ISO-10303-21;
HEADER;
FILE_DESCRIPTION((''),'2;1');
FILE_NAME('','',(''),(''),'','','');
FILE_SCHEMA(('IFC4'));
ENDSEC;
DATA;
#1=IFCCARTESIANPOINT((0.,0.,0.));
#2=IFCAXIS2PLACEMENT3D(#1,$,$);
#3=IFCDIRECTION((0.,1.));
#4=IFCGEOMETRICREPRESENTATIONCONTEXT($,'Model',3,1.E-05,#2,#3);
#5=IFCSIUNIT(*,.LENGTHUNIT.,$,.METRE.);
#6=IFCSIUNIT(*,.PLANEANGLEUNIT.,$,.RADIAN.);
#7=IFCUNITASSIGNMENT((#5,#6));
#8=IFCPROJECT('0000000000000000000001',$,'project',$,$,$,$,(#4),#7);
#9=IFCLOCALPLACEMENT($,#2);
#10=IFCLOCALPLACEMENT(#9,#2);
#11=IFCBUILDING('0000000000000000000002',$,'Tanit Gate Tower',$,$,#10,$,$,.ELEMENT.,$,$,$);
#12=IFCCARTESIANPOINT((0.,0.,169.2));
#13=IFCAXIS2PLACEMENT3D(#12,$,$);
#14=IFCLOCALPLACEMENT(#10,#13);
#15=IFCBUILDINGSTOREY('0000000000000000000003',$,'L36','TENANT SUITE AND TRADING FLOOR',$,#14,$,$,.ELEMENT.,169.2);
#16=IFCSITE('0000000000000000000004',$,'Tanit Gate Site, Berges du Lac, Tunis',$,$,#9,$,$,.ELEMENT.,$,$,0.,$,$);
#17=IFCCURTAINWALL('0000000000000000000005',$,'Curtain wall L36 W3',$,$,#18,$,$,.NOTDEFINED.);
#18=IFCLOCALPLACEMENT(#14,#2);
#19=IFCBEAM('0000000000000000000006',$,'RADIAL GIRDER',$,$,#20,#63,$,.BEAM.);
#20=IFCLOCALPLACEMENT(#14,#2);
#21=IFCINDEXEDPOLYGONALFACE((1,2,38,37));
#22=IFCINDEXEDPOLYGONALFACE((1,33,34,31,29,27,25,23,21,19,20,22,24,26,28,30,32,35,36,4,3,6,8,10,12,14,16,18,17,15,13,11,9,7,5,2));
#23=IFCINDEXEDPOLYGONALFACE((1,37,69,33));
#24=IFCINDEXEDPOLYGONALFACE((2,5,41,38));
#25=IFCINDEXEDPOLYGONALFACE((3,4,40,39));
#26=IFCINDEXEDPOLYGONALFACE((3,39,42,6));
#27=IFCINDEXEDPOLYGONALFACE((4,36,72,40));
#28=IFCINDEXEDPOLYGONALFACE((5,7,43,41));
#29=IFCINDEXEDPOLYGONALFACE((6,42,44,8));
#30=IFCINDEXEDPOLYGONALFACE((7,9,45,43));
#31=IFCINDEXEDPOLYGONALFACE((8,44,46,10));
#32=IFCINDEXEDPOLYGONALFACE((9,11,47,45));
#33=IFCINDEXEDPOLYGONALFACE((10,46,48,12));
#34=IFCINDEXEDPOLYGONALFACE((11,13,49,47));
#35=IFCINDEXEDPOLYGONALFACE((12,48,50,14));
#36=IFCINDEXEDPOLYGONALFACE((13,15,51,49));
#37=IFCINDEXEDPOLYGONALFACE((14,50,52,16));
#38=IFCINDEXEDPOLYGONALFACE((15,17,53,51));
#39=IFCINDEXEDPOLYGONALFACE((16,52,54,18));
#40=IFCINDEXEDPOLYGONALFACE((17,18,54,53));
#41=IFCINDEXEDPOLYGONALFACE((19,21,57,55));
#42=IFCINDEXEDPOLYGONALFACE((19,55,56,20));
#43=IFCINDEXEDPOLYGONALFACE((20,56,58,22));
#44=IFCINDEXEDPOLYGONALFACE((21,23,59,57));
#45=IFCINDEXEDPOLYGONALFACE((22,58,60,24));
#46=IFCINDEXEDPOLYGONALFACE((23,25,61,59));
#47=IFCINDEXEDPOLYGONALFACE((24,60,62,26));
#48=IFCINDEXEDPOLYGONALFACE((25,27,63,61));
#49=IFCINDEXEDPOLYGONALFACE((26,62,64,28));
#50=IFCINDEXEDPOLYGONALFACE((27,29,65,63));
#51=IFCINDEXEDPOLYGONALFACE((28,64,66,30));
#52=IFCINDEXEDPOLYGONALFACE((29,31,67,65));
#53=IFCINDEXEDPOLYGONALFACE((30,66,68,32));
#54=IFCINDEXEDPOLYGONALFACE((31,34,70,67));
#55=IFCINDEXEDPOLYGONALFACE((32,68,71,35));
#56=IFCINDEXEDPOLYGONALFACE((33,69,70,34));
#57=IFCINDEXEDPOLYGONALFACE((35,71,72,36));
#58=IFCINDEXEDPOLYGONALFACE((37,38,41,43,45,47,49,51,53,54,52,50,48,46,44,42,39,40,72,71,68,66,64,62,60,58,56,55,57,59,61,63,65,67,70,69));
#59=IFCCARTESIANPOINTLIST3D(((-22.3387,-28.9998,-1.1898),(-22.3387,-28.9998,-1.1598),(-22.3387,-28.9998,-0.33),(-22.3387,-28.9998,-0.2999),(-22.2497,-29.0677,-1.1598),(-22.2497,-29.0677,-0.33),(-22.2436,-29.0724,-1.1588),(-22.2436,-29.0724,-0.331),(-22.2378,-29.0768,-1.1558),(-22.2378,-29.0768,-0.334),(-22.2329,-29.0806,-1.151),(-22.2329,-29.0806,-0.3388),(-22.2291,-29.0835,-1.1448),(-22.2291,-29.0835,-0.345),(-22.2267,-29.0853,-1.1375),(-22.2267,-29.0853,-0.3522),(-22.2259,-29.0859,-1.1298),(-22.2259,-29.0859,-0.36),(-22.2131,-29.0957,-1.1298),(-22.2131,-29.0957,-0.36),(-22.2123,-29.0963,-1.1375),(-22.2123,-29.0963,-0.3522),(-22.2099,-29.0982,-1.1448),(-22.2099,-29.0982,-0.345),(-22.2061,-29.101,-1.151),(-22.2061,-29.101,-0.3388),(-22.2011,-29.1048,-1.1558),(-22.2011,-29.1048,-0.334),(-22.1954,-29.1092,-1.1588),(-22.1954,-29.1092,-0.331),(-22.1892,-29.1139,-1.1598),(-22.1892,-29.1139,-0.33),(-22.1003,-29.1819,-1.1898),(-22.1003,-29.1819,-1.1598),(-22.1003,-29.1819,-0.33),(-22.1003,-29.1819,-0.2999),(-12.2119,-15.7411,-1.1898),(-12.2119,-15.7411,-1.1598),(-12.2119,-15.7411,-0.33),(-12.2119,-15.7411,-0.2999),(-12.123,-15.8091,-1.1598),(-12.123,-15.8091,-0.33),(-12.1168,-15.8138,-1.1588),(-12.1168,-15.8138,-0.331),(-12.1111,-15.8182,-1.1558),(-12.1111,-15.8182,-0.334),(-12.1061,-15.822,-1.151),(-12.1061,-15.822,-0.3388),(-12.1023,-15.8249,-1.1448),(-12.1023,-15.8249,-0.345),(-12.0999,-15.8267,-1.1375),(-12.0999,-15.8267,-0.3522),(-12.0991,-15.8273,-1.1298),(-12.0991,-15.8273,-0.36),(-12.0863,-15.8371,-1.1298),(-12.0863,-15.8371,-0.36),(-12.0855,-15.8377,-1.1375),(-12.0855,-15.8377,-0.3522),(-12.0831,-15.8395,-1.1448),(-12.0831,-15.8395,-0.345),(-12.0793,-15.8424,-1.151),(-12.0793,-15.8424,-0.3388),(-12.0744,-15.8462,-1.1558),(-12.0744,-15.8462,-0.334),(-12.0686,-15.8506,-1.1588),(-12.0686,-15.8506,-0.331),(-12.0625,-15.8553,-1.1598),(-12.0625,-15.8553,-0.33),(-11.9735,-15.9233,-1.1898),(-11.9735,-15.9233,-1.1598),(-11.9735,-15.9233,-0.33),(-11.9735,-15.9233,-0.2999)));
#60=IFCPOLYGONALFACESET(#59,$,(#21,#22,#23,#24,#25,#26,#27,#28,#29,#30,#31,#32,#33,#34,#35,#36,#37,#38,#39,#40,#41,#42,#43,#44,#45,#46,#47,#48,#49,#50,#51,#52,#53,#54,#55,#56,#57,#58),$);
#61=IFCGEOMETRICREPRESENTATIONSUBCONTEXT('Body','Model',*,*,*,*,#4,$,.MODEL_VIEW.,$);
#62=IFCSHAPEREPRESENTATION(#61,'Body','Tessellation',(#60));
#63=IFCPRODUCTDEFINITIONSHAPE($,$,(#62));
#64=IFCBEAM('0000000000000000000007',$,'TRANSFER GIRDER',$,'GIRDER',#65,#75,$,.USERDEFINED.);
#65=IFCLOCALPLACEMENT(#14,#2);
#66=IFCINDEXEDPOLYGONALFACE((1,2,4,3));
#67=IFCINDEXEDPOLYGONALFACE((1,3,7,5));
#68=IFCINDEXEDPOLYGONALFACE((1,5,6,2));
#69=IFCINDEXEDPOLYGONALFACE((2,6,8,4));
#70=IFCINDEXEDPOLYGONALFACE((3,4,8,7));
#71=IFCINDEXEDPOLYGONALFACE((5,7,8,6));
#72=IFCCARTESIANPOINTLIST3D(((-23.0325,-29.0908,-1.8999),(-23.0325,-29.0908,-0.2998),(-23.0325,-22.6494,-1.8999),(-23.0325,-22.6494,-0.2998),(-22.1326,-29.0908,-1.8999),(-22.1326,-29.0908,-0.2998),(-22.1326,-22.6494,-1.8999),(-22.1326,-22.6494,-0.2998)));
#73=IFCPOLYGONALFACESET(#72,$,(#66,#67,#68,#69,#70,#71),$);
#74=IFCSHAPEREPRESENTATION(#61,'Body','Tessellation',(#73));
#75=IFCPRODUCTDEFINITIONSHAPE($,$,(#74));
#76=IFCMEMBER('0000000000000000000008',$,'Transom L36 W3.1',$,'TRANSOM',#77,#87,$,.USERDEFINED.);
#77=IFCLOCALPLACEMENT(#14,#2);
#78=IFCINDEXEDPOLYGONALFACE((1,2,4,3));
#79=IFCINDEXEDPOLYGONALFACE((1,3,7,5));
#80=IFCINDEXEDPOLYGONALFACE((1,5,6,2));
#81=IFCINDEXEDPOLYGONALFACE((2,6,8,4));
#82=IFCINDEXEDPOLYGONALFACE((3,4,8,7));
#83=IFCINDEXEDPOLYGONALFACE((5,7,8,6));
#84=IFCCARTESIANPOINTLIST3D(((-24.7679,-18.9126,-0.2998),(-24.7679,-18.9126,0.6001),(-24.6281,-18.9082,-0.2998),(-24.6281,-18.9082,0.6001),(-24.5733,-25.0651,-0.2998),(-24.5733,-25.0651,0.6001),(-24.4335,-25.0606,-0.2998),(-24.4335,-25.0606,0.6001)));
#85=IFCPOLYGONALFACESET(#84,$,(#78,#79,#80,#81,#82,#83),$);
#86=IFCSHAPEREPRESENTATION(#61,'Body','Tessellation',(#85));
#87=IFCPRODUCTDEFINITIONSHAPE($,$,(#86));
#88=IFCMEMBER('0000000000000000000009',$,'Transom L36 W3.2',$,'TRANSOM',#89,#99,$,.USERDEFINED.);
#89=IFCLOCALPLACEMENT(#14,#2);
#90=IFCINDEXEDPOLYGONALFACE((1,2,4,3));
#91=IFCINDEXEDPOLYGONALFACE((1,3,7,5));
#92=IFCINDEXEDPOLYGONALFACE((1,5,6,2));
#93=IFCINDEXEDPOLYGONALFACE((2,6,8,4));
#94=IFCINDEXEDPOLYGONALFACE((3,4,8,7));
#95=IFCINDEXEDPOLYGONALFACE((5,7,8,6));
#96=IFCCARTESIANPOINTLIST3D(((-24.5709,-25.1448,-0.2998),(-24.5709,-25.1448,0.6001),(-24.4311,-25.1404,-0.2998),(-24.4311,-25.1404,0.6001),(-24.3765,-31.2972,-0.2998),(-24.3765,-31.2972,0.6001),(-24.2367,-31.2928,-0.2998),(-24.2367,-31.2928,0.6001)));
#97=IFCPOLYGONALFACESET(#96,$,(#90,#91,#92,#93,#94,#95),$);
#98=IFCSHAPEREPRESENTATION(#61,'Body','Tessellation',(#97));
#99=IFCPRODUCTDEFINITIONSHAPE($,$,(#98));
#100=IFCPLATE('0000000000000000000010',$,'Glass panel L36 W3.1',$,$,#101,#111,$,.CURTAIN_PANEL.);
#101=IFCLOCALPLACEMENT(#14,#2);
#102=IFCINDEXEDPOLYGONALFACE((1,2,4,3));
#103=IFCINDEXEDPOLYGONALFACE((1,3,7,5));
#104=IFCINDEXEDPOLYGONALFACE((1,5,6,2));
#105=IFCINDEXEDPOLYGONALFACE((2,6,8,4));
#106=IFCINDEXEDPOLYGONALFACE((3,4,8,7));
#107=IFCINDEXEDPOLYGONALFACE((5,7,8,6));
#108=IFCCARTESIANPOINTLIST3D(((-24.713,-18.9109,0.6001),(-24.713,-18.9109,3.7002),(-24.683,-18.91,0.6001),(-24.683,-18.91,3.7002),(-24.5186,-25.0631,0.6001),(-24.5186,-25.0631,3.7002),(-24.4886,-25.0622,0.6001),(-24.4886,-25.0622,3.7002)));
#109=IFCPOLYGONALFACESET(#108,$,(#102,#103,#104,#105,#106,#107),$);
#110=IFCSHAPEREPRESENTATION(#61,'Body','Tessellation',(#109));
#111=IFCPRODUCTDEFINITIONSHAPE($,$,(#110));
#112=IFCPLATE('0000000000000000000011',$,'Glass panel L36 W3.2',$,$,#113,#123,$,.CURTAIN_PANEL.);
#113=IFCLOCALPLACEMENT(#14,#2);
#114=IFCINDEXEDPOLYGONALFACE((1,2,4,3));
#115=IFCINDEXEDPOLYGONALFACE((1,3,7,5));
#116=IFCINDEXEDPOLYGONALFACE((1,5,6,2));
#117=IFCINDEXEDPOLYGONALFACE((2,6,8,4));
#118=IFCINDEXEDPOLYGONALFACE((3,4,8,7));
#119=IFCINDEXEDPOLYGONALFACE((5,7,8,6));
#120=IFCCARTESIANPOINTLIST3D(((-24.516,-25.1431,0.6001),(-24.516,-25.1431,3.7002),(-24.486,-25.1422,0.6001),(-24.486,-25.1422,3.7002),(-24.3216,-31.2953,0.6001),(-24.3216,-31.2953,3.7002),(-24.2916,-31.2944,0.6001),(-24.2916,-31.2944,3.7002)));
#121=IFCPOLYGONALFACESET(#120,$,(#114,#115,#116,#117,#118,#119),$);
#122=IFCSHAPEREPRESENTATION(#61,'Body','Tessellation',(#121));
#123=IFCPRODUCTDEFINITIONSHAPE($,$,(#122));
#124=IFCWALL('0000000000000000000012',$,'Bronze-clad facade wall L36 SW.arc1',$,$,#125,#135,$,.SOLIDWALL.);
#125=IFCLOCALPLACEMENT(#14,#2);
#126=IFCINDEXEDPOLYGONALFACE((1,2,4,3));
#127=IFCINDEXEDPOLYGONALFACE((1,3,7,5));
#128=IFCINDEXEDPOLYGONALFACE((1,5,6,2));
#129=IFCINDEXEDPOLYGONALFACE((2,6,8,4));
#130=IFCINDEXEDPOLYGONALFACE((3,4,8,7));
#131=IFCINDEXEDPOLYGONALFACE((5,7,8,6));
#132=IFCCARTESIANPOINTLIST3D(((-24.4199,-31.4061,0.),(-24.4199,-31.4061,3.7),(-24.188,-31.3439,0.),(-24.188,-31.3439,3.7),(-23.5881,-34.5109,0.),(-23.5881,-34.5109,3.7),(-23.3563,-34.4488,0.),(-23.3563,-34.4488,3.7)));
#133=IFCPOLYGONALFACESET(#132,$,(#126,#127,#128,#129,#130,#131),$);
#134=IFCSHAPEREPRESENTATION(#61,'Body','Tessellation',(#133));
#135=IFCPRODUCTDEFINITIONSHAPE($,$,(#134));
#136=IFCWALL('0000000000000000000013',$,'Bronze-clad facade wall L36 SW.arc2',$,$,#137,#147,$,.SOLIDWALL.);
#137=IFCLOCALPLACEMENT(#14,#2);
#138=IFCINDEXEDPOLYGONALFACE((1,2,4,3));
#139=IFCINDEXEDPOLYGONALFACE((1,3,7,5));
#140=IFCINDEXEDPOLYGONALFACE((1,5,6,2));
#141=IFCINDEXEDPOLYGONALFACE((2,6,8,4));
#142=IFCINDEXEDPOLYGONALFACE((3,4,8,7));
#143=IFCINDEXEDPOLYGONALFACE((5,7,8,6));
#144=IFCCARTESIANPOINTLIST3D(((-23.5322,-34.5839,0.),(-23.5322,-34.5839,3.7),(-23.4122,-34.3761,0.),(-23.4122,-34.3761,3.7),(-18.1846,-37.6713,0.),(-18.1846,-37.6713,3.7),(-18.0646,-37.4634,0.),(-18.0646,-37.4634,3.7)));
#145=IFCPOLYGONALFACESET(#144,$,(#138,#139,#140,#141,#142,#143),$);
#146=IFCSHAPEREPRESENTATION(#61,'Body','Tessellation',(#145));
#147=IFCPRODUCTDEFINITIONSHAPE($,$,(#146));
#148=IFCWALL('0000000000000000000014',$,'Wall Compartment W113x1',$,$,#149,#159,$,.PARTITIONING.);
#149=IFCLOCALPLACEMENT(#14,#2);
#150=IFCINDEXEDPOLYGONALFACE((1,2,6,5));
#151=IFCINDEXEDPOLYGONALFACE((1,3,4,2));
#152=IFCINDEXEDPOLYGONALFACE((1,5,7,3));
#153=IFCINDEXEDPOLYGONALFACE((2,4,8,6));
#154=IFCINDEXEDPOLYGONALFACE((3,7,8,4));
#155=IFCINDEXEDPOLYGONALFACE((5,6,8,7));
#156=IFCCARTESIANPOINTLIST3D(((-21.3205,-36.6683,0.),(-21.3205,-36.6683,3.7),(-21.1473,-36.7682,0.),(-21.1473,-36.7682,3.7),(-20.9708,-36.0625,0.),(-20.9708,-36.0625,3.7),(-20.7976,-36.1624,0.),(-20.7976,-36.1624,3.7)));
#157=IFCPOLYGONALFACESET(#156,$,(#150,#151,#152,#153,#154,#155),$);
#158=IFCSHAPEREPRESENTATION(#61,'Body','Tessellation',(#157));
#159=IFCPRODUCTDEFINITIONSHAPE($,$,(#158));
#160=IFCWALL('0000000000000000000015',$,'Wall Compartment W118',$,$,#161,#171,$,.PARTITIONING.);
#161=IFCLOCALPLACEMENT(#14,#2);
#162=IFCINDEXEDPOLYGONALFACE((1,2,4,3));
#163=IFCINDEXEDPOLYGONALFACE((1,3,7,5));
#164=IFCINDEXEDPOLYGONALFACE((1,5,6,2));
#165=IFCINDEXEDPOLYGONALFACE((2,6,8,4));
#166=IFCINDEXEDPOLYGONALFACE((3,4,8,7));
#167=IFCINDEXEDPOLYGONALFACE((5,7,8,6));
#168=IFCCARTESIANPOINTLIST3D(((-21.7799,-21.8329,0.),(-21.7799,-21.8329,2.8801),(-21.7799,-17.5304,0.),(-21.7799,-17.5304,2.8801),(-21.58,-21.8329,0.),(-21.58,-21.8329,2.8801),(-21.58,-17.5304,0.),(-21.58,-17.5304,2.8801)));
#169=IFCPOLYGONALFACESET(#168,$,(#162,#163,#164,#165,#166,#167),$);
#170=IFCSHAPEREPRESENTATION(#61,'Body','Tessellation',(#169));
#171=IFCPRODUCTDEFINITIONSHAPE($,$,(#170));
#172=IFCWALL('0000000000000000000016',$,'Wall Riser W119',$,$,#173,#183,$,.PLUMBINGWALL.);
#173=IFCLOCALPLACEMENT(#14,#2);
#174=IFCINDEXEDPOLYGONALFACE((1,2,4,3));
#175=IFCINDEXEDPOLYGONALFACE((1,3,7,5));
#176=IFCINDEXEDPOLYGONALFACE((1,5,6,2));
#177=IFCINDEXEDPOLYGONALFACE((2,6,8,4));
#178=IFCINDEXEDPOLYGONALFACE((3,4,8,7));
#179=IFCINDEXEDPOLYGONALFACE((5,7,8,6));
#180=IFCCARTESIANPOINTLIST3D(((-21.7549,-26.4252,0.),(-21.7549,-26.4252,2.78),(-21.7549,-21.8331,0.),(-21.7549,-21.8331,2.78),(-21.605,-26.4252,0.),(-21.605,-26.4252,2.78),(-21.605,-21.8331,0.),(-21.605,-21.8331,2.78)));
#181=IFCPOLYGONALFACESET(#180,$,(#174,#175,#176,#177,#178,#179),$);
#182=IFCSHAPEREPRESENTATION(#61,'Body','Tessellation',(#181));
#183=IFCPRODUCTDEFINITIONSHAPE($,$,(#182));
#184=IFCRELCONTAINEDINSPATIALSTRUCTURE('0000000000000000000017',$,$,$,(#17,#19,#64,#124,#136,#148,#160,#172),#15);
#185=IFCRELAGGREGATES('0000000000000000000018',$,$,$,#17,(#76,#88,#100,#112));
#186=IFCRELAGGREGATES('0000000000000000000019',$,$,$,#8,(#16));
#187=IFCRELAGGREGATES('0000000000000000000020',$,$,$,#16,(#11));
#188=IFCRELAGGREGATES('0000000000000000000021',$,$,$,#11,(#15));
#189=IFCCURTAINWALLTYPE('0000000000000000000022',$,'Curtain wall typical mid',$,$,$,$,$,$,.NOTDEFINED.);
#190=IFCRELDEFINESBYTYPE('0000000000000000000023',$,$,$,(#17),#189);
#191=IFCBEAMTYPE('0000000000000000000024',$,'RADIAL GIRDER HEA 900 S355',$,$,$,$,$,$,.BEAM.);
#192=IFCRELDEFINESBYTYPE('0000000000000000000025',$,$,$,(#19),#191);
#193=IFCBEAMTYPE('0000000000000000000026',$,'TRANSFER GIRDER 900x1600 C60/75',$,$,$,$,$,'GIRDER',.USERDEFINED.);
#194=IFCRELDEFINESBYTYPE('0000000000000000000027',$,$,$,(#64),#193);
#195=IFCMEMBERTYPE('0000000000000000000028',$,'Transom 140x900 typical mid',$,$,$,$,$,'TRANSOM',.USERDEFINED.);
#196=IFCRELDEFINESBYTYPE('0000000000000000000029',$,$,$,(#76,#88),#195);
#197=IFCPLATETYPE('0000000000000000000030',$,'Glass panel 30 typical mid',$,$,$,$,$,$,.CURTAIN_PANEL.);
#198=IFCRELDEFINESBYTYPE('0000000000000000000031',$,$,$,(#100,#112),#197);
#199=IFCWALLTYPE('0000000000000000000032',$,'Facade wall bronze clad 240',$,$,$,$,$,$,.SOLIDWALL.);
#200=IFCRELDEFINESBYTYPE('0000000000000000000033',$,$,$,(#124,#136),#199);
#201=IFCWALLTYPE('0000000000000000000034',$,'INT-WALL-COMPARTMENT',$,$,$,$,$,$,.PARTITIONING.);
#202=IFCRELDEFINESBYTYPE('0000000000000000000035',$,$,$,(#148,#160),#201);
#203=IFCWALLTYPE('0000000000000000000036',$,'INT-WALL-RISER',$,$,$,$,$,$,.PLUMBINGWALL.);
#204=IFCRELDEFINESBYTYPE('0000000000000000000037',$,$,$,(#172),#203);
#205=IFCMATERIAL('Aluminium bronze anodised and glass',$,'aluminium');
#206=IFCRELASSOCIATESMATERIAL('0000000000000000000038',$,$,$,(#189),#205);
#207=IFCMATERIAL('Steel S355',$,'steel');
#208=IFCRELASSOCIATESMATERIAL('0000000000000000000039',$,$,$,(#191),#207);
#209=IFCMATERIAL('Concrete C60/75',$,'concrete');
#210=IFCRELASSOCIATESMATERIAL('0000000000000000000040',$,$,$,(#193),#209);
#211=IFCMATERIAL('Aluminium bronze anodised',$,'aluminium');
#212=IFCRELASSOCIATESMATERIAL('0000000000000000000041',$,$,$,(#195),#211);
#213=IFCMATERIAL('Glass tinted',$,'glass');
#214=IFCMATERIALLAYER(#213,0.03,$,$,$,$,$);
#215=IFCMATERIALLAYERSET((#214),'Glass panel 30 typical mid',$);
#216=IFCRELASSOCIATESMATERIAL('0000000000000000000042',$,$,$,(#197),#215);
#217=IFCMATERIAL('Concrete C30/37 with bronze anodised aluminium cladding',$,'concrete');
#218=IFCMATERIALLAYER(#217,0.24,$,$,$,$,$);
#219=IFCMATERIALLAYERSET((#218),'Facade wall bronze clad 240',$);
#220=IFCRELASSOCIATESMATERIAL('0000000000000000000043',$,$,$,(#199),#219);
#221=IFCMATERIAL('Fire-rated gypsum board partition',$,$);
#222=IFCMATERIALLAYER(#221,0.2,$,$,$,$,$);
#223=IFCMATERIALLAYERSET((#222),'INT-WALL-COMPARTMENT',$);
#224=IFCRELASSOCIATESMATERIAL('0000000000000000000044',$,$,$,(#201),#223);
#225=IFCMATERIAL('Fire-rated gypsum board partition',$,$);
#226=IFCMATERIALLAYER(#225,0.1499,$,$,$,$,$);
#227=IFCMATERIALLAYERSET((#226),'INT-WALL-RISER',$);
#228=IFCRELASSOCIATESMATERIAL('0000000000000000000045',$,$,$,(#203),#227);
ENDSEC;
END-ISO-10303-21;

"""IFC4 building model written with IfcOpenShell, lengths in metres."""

from ifc_helpers import new_model, si_unit, direction, frame, frame_2d, origin, origin_2d, place, context, subcontext, project, spatial, rectangle, i_section, extrude, material, layer, layer_set, material_profile, profile_set, type_object, element, aggregate, save


model = new_model("IFC4")

# Units and contexts
model_context = context("Model", 3, precision=1e-05, world=origin(), true_north=direction((0.0, 1.0)))
body_context = subcontext(model_context, "Body", "Model", "MODEL_VIEW")
ifc_project = project(units=[si_unit("LENGTHUNIT", "METRE"), si_unit("PLANEANGLEUNIT", "RADIAN")], contexts=[model_context])

# Site, building, storey
site_placement = place(None, origin())
site = spatial("IfcSite", under=ifc_project, at=site_placement, Name="Tanit Gate Site, Berges du Lac, Tunis", CompositionType="ELEMENT", RefElevation=0.0)
building_placement = place(site_placement, origin())
building = spatial("IfcBuilding", under=site, at=building_placement, Name="Tanit Gate Tower", CompositionType="ELEMENT")
storey_placement = place(building_placement, frame((0.0, 0.0, 169.2)))
storey = spatial("IfcBuildingStorey", under=building, at=storey_placement, Name="L36", Description="TENANT SUITE AND TRADING FLOOR", CompositionType="ELEMENT", Elevation=169.2)

# Curtain wall
ifc_material_1 = material(Name="Aluminium bronze anodised and glass", Category="aluminium")
curtain_wall_type = type_object("IfcCurtainWallType", Name="Curtain wall typical mid", PredefinedType="NOTDEFINED", material=ifc_material_1)
curtain_wall_1_placement = place(storey_placement, origin())
curtain_wall_1 = element("IfcCurtainWall", 1, at=curtain_wall_1_placement, inside=storey, type_object=curtain_wall_type, Name="Curtain wall L36 W3", PredefinedType="NOTDEFINED")

# Beams
ifc_material_2 = material(Name="Steel S355", Category="steel")
ifc_material_profile_1 = material_profile(ifc_material_2, i_section(OverallWidth=0.3, OverallDepth=0.8899, WebThickness=0.0161, FlangeThickness=0.03, FilletRadius=0.03, at=origin_2d()), Name="HEA 900")
ifc_profile_set_1 = profile_set([ifc_material_profile_1], Name="Steel S355")
beam_type_1 = type_object("IfcBeamType", Name="RADIAL GIRDER HEA 900 S355", PredefinedType="BEAM", material=ifc_profile_set_1)
beam_1_placement = place(storey_placement, frame((-22.2195, -29.0908, -0.7449), z_axis=(0.606989, 0.79471, 0.0), x_axis=(-0.79471, 0.606989, 0.0)))
element("IfcBeam", 2, at=beam_1_placement, inside=storey, type_object=beam_type_1, Name="RADIAL GIRDER", PredefinedType="BEAM", context=body_context, shape_type="SweptSolid", body=[
    extrude(i_section(OverallWidth=0.3, OverallDepth=0.8899, WebThickness=0.0161, FlangeThickness=0.03, FilletRadius=0.03, at=origin_2d()), origin(), (0.0, 0.0, 1.0), 16.6836),
])
ifc_material_3 = material(Name="Concrete C60/75", Category="concrete")
ifc_material_profile_2 = material_profile(ifc_material_3, rectangle(XDim=0.8999, YDim=1.6001, at=origin_2d()), Name="RC 900x1600")
ifc_profile_set_2 = profile_set([ifc_material_profile_2], Name="Concrete C60/75")
beam_type_2 = type_object("IfcBeamType", Name="TRANSFER GIRDER 900x1600 C60/75", ElementType="GIRDER", PredefinedType="USERDEFINED", material=ifc_profile_set_2)
beam_2_placement = place(storey_placement, frame((-22.5825, -22.6494, -1.0999), z_axis=(0.0, -1.0, 0.0), x_axis=(1.0, 0.0, 0.0)))
element("IfcBeam", 3, at=beam_2_placement, inside=storey, type_object=beam_type_2, Name="TRANSFER GIRDER", ObjectType="GIRDER", PredefinedType="USERDEFINED", context=body_context, shape_type="SweptSolid", body=[
    extrude(rectangle(XDim=0.8999, YDim=1.6001, at=origin_2d()), origin(), (0.0, 0.0, 1.0), 6.4414),
])

# Members
ifc_material_4 = material(Name="Aluminium bronze anodised", Category="aluminium")
ifc_material_profile_3 = material_profile(ifc_material_4, rectangle(XDim=0.1399, YDim=0.8999, at=origin_2d()), Name="140x900 bronze transom")
ifc_profile_set_3 = profile_set([ifc_material_profile_3], Name="Aluminium bronze anodised")
member_type_1 = type_object("IfcMemberType", Name="Transom 140x900 typical mid", ElementType="TRANSOM", PredefinedType="USERDEFINED", material=ifc_profile_set_3)
member_1_placement = place(storey_placement, frame((-24.698, -18.9104, 0.1501), z_axis=(0.031611, -0.9995, 0.0), x_axis=(0.9995, 0.031611, 0.0)))
member_1 = element("IfcMember", 4, at=member_1_placement, type_object=member_type_1, Name="Transom L36 W3.1", ObjectType="TRANSOM", PredefinedType="USERDEFINED", context=body_context, shape_type="SweptSolid", body=[
    extrude(rectangle(XDim=0.1399, YDim=0.8999, at=origin_2d()), origin(), (0.0, 0.0, 1.0), 6.1555),
])
member_2_placement = place(storey_placement, frame((-24.501, -25.1426, 0.1501), z_axis=(0.031572, -0.999501, 0.0), x_axis=(0.999501, 0.031572, 0.0)))
member_2 = element("IfcMember", 5, at=member_2_placement, type_object=member_type_1, Name="Transom L36 W3.2", ObjectType="TRANSOM", PredefinedType="USERDEFINED", context=body_context, shape_type="SweptSolid", body=[
    extrude(rectangle(XDim=0.1399, YDim=0.8999, at=origin_2d()), origin(), (0.0, 0.0, 1.0), 6.1555),
])

# Plates
ifc_material_5 = material(Name="Glass tinted", Category="glass")
ifc_layer_1 = layer(ifc_material_5, 0.03)
ifc_layer_set_1 = layer_set([ifc_layer_1], Name="Glass panel 30 typical mid")
plate_type = type_object("IfcPlateType", Name="Glass panel 30 typical mid", PredefinedType="CURTAIN_PANEL", material=ifc_layer_set_1)
plate_1_placement = place(storey_placement, frame((-24.6008, -21.9866, 0.6001), z_axis=(0.0, 0.0, 1.0), x_axis=(0.031583, -0.999501, 0.0)))
plate_1 = element("IfcPlate", 6, at=plate_1_placement, type_object=plate_type, Name="Glass panel L36 W3.1", PredefinedType="CURTAIN_PANEL", context=body_context, shape_type="SweptSolid", body=[
    extrude(rectangle(XDim=6.1553, YDim=0.03, at=origin_2d()), origin(), (0.0, 0.0, 1.0), 3.1001),
])
plate_2_placement = place(storey_placement, frame((-24.4038, -28.2188, 0.6001), z_axis=(0.0, 0.0, 1.0), x_axis=(0.031583, -0.999501, 0.0)))
plate_2 = element("IfcPlate", 7, at=plate_2_placement, type_object=plate_type, Name="Glass panel L36 W3.2", PredefinedType="CURTAIN_PANEL", context=body_context, shape_type="SweptSolid", body=[
    extrude(rectangle(XDim=6.1553, YDim=0.03, at=origin_2d()), origin(), (0.0, 0.0, 1.0), 3.1001),
])
aggregate(curtain_wall_1, [member_1, member_2, plate_1, plate_2])

# Walls
ifc_material_6 = material(Name="Concrete C30/37 with bronze anodised aluminium cladding", Category="concrete")
ifc_layer_2 = layer(ifc_material_6, 0.24)
ifc_layer_set_2 = layer_set([ifc_layer_2], Name="Facade wall bronze clad 240")
wall_type_1 = type_object("IfcWallType", Name="Facade wall bronze clad 240", PredefinedType="SOLIDWALL", material=ifc_layer_set_2)
wall_1_placement = place(storey_placement, frame((-24.304, -31.375, 0.0), z_axis=(0.0, 0.0, 1.0), x_axis=(0.258764, -0.965941, 0.0)))
element("IfcWall", 8, at=wall_1_placement, inside=storey, type_object=wall_type_1, Name="Bronze-clad facade wall L36 SW.arc1", PredefinedType="SOLIDWALL", context=body_context, shape_type="SweptSolid", body=[
    extrude(rectangle(XDim=3.2144, YDim=0.24, at=frame_2d((1.6072, 0.0))), origin(), (0.0, 0.0, 1.0), 3.7),
])
wall_2_placement = place(storey_placement, frame((-23.4722, -34.48, 0.0), z_axis=(0.0, 0.0, 1.0), x_axis=(0.86603, -0.499992, 0.0)))
element("IfcWall", 9, at=wall_2_placement, inside=storey, type_object=wall_type_1, Name="Bronze-clad facade wall L36 SW.arc2", PredefinedType="SOLIDWALL", context=body_context, shape_type="SweptSolid", body=[
    extrude(rectangle(XDim=6.1748, YDim=0.24, at=frame_2d((3.0874, 0.0))), origin(), (0.0, 0.0, 1.0), 3.7),
])
ifc_material_7 = material(Name="Fire-rated gypsum board partition")
ifc_layer_3 = layer(ifc_material_7, 0.2)
ifc_layer_set_3 = layer_set([ifc_layer_3], Name="INT-WALL-COMPARTMENT")
wall_type_2 = type_object("IfcWallType", Name="INT-WALL-COMPARTMENT", PredefinedType="PARTITIONING", material=ifc_layer_set_3)
wall_3_placement = place(storey_placement, frame((-20.8843, -36.1125, 0.0), z_axis=(0.0, 0.0, 1.0), x_axis=(-0.499894, -0.866087, 0.0)))
element("IfcWall", 10, at=wall_3_placement, inside=storey, type_object=wall_type_2, Name="Wall Compartment W113x1", PredefinedType="PARTITIONING", context=body_context, shape_type="SweptSolid", body=[
    extrude(rectangle(XDim=0.6995, YDim=0.2, at=frame_2d((0.3496, 0.0))), origin(), (0.0, 0.0, 1.0), 3.7),
])
wall_4_placement = place(storey_placement, frame((-21.6799, -21.833, 0.0), z_axis=(0.0, 0.0, 1.0), x_axis=(0.0, 1.0, 0.0)))
element("IfcWall", 11, at=wall_4_placement, inside=storey, type_object=wall_type_2, Name="Wall Compartment W118", PredefinedType="PARTITIONING", context=body_context, shape_type="SweptSolid", body=[
    extrude(rectangle(XDim=4.3025, YDim=0.2, at=frame_2d((2.1514, 0.0))), origin(), (0.0, 0.0, 1.0), 2.8801),
])
ifc_material_8 = material(Name="Fire-rated gypsum board partition")
ifc_layer_4 = layer(ifc_material_8, 0.1499)
ifc_layer_set_4 = layer_set([ifc_layer_4], Name="INT-WALL-RISER")
wall_type_3 = type_object("IfcWallType", Name="INT-WALL-RISER", PredefinedType="PLUMBINGWALL", material=ifc_layer_set_4)
wall_5_placement = place(storey_placement, frame((-21.6799, -26.425, 0.0), z_axis=(0.0, 0.0, 1.0), x_axis=(0.0, 1.0, 0.0)))
element("IfcWall", 12, at=wall_5_placement, inside=storey, type_object=wall_type_3, Name="Wall Riser W119", PredefinedType="PLUMBINGWALL", context=body_context, shape_type="SweptSolid", body=[
    extrude(rectangle(XDim=4.592, YDim=0.1499, at=frame_2d((2.2959, 0.0))), origin(), (0.0, 0.0, 1.0), 2.78),
])

save(model, "model.ifc")
